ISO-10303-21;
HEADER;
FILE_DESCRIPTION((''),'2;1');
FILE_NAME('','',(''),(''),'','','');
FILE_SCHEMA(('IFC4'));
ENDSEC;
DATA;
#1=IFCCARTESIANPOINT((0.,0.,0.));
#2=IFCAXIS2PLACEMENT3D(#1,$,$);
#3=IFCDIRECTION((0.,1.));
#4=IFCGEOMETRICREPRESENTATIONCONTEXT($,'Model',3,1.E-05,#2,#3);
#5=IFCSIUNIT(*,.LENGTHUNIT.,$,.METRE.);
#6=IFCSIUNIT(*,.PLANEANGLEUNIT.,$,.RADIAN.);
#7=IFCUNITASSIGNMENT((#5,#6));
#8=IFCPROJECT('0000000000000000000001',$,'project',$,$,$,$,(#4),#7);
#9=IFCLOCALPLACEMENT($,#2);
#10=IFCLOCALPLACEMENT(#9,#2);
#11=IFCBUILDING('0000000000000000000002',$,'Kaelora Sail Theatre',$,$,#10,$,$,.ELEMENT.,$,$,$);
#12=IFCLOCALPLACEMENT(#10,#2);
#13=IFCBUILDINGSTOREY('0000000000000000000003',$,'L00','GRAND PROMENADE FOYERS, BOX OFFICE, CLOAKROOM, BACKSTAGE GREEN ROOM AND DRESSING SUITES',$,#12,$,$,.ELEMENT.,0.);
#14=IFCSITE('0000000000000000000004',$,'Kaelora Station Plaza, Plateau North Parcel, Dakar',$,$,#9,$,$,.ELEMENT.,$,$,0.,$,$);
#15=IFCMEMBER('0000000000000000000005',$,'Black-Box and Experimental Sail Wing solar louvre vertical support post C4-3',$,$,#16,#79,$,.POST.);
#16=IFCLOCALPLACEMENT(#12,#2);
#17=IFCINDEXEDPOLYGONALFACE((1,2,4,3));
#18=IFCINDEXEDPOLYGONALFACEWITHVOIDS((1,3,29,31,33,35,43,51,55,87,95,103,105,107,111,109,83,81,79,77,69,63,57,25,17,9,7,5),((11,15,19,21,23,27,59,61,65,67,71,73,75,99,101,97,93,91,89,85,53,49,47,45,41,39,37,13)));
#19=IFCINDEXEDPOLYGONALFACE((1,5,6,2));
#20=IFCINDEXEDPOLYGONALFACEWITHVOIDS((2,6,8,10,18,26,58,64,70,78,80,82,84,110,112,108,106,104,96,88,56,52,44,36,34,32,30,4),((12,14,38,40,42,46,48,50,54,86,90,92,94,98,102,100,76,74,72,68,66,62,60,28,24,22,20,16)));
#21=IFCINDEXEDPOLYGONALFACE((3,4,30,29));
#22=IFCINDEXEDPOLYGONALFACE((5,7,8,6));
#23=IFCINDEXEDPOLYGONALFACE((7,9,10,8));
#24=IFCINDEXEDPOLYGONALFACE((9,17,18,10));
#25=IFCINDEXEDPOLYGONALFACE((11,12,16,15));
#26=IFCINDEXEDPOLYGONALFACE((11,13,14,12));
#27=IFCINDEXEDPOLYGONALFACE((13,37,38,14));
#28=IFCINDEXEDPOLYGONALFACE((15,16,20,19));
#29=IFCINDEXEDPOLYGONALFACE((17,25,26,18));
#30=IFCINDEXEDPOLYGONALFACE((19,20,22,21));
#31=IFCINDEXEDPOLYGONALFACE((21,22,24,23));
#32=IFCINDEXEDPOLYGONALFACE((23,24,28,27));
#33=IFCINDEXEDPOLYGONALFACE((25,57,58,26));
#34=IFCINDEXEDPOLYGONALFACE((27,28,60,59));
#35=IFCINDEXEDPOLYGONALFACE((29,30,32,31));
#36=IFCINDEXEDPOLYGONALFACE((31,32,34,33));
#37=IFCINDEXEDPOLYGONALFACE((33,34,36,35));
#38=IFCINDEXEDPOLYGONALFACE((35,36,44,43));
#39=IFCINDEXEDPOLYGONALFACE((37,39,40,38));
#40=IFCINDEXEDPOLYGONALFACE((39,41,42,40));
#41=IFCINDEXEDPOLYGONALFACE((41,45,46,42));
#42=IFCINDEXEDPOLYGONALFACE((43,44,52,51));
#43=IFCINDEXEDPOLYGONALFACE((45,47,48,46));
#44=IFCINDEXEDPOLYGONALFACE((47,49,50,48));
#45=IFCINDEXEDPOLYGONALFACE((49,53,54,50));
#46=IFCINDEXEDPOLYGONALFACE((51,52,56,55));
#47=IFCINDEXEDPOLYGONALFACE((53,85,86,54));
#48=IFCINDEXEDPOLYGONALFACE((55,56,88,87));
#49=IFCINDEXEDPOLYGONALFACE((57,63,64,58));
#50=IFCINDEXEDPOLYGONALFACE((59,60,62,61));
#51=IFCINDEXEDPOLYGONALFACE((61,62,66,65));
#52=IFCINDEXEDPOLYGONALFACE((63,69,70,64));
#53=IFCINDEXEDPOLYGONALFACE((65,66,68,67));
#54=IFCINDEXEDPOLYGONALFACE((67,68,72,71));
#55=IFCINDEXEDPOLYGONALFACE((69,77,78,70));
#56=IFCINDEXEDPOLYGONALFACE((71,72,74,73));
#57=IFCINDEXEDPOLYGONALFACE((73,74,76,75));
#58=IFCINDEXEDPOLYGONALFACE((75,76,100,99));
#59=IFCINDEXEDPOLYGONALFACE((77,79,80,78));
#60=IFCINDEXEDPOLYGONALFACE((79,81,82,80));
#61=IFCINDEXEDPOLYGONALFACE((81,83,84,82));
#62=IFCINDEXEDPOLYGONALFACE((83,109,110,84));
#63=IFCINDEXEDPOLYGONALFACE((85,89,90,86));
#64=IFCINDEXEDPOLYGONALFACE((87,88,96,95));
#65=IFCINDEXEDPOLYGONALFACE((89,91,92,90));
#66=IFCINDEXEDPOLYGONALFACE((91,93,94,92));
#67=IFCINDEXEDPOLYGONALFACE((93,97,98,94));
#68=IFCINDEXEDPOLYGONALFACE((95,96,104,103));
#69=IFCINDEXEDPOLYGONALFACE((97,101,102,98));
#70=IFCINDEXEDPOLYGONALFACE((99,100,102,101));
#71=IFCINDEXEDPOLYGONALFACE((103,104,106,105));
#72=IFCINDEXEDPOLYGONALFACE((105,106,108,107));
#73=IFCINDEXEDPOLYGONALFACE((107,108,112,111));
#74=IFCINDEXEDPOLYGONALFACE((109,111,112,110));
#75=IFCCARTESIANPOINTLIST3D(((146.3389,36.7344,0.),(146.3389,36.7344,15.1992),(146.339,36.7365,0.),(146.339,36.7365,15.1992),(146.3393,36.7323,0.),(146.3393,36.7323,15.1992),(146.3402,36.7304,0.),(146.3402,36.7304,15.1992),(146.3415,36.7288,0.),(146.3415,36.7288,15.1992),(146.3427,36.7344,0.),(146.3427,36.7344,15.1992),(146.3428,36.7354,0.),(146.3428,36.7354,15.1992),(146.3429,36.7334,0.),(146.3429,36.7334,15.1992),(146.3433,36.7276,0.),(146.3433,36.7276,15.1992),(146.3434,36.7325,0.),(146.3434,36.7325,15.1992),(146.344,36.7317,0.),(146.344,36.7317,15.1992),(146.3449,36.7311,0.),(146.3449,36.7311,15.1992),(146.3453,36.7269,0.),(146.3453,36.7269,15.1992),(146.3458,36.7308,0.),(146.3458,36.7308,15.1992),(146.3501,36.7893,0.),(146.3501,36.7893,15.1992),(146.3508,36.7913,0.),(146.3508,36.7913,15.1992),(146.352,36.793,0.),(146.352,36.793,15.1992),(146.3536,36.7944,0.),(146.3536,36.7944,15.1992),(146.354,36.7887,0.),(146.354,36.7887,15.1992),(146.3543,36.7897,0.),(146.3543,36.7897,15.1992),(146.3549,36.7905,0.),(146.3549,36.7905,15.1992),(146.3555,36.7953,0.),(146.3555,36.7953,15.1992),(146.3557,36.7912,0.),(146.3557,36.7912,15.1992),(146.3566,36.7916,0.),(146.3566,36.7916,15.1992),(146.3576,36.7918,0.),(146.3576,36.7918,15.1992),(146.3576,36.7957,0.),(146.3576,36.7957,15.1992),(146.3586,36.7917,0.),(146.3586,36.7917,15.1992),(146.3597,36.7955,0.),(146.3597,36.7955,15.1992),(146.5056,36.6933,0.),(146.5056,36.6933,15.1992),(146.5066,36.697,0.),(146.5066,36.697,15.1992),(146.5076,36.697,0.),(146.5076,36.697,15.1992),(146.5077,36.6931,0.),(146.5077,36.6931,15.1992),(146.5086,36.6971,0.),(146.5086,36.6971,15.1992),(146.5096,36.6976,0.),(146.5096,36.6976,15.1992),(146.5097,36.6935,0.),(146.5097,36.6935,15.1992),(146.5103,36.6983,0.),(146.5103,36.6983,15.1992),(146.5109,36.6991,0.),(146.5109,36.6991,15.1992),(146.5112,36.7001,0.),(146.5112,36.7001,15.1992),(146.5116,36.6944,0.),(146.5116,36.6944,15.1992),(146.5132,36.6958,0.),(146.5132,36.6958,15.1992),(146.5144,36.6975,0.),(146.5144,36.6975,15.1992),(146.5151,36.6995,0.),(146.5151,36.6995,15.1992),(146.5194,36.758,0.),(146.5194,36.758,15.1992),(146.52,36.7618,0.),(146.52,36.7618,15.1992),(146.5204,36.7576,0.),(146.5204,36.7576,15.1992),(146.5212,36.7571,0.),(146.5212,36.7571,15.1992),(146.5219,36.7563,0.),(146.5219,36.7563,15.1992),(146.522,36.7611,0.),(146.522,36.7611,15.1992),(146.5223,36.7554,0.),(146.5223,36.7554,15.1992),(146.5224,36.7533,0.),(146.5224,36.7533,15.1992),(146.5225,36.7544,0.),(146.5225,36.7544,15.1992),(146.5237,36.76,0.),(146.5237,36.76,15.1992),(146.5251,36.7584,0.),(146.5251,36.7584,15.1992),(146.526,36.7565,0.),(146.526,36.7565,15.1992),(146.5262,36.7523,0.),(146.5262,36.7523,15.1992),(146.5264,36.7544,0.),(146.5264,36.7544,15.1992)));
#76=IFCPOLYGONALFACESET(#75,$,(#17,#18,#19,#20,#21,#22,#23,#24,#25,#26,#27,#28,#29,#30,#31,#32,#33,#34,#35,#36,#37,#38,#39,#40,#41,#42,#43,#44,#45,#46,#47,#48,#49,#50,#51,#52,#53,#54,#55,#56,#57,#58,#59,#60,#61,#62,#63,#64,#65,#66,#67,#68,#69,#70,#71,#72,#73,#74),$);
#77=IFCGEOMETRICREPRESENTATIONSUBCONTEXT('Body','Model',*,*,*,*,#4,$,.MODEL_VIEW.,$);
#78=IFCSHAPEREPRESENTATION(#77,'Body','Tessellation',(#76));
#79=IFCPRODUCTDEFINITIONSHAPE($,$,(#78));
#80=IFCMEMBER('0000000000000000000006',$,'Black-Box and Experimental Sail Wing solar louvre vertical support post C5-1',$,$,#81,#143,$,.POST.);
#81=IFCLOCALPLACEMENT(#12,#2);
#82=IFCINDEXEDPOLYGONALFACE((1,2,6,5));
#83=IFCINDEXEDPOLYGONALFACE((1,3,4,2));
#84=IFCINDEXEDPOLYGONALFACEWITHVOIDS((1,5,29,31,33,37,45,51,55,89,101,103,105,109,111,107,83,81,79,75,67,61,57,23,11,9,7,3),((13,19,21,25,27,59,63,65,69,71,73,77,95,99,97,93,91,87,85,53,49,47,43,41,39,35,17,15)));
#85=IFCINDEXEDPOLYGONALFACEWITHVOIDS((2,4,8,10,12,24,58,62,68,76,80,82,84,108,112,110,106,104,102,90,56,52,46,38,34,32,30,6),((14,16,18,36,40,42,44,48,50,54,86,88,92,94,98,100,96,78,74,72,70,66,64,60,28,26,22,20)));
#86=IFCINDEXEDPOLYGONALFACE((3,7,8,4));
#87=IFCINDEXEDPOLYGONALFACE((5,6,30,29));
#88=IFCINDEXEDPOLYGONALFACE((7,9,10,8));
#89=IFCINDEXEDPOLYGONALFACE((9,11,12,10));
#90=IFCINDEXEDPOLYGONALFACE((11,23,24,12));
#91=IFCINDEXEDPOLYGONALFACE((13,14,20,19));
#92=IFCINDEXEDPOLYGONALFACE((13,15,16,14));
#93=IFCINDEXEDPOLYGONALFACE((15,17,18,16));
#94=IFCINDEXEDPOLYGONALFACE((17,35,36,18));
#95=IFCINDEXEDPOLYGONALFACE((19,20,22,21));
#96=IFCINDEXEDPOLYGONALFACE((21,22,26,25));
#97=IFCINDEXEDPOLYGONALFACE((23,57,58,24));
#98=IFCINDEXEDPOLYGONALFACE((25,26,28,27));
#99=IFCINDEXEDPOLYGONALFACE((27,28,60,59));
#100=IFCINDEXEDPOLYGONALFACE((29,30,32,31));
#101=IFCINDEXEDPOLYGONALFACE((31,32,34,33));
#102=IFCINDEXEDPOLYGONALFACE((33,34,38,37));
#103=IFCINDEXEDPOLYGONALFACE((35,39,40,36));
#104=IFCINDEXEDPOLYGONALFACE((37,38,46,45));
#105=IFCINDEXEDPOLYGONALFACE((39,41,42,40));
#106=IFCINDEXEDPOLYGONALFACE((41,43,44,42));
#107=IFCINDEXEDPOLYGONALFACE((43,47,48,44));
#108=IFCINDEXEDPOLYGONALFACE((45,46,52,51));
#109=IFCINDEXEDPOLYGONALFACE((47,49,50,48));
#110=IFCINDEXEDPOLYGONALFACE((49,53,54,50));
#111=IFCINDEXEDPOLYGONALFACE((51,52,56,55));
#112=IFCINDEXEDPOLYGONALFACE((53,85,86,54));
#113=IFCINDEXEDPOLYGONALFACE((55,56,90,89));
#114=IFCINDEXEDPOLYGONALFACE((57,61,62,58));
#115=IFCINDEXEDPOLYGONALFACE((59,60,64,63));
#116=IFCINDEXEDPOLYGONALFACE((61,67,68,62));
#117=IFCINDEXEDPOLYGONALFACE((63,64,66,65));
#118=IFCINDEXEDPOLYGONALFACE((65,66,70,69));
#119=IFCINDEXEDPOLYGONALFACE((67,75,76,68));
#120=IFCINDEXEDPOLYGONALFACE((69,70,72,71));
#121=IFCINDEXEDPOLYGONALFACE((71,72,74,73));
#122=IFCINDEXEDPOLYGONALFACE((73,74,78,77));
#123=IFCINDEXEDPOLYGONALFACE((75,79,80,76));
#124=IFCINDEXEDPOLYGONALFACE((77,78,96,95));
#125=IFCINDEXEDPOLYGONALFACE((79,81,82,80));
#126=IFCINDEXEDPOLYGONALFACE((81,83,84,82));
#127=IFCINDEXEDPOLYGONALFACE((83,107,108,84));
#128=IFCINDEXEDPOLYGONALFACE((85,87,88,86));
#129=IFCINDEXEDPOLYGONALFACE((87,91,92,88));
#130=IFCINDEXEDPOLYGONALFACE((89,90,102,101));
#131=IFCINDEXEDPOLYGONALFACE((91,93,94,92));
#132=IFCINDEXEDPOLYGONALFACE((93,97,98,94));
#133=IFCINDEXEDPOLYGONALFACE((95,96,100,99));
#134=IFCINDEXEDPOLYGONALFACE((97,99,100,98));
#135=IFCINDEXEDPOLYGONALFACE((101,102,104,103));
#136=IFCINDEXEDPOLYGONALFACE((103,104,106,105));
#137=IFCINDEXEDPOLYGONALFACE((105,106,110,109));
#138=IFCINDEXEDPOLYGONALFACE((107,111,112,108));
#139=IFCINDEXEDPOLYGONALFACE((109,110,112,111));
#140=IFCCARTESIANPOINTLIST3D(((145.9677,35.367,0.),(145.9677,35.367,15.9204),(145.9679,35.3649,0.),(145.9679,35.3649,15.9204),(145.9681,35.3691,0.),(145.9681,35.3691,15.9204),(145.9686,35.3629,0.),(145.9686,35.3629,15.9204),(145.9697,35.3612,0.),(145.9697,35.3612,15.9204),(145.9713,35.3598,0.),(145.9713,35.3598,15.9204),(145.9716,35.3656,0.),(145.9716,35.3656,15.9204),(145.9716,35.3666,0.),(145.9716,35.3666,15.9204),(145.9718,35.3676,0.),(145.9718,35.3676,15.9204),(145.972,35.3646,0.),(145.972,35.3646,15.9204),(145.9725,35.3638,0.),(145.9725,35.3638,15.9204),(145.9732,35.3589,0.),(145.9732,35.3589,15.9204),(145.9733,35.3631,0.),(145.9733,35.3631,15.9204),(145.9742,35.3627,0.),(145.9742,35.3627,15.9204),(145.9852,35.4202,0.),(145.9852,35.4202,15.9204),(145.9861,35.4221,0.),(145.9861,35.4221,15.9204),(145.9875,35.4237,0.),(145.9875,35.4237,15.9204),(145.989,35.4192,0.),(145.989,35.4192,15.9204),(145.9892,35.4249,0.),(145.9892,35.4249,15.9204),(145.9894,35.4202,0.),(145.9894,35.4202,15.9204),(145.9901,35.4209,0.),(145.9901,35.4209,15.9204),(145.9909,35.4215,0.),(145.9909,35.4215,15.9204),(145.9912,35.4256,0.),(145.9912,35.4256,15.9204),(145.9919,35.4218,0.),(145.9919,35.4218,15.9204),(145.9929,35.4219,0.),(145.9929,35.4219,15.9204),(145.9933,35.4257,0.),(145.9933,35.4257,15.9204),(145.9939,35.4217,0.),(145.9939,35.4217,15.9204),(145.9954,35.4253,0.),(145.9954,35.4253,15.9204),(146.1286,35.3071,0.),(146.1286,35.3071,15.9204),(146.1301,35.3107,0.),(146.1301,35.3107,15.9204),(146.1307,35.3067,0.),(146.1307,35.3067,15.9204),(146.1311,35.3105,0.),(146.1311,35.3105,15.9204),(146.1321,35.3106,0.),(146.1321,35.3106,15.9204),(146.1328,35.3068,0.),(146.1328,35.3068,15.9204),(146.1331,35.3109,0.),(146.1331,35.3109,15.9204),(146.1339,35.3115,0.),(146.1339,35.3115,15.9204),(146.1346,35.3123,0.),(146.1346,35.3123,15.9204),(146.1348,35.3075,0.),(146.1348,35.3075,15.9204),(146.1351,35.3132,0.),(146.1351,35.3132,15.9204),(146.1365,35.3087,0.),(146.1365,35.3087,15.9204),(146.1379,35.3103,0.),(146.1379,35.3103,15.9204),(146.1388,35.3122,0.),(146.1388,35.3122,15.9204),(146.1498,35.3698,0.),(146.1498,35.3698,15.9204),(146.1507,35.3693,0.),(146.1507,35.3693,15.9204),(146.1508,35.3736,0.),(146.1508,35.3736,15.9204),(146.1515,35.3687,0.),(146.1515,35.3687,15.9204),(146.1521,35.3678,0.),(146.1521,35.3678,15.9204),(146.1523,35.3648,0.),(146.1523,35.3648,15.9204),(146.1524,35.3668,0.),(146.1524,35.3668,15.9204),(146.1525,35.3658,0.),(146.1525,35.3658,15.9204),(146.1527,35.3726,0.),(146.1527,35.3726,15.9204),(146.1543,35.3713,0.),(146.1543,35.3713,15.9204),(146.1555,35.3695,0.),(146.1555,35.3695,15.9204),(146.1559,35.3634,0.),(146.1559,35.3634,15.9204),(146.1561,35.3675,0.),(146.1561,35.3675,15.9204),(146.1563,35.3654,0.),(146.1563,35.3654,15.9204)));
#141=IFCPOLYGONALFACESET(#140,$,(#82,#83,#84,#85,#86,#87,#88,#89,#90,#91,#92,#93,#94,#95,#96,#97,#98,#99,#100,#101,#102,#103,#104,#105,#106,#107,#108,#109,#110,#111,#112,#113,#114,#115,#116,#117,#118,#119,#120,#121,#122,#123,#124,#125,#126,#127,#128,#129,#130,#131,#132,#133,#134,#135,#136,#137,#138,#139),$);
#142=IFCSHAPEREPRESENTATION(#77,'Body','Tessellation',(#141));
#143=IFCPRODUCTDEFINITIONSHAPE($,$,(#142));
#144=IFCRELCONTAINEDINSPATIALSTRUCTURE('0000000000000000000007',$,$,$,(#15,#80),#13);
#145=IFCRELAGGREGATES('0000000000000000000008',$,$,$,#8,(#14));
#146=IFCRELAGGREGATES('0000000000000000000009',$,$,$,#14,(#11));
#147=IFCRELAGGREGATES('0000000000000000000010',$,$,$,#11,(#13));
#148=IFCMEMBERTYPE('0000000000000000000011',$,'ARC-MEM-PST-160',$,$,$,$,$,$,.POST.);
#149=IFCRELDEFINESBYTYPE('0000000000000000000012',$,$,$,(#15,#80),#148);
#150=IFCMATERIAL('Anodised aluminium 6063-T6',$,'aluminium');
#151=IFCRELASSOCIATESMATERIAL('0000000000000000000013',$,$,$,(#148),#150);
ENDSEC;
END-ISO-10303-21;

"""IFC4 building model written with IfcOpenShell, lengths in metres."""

from ifc_helpers import new_model, si_unit, direction, frame, origin, origin_2d, place, context, subcontext, project, spatial, hollow_rectangle, extrude, material, material_profile, profile_set, type_object, element, save


model = new_model("IFC4")

# Units and contexts
model_context = context("Model", 3, precision=1e-05, world=origin(), true_north=direction((0.0, 1.0)))
body_context = subcontext(model_context, "Body", "Model", "MODEL_VIEW")
ifc_project = project(units=[si_unit("LENGTHUNIT", "METRE"), si_unit("PLANEANGLEUNIT", "RADIAN")], contexts=[model_context])

# Site, building, storey
site_placement = place(None, origin())
site = spatial("IfcSite", under=ifc_project, at=site_placement, Name="Kaelora Station Plaza, Plateau North Parcel, Dakar", CompositionType="ELEMENT", RefElevation=0.0)
building_placement = place(site_placement, origin())
building = spatial("IfcBuilding", under=site, at=building_placement, Name="Kaelora Sail Theatre", CompositionType="ELEMENT")
storey_placement = place(building_placement, origin())
storey = spatial("IfcBuildingStorey", under=building, at=storey_placement, Name="L00", Description="GRAND PROMENADE FOYERS, BOX OFFICE, CLOAKROOM, BACKSTAGE GREEN ROOM AND DRESSING SUITES", CompositionType="ELEMENT", Elevation=0.0)

# Members
ifc_material_1 = material(Name="Anodised aluminium 6063-T6", Category="aluminium")
ifc_material_profile_1 = material_profile(ifc_material_1, hollow_rectangle(XDim=0.0701, YDim=0.1799, WallThickness=0.0039, InnerFilletRadius=0.0039, OuterFilletRadius=0.0081, at=origin_2d()), Name="ALU-MULL 70x180x4")
ifc_profile_set_1 = profile_set([ifc_material_profile_1], Name="Anodised aluminium 6063-T6")
member_type_1 = type_object("IfcMemberType", Name="ARC-MEM-PST-160", PredefinedType="POST", material=ifc_profile_set_1)
member_1_placement = place(storey_placement, frame((146.4326, 36.7444, 0.0), z_axis=(0.0, 0.0, 1.0), x_axis=(-0.205521, -0.978653, 0.0)))
element("IfcMember", 1, at=member_1_placement, inside=storey, type_object=member_type_1, Name="Black-Box and Experimental Sail Wing solar louvre vertical support post C4-3", PredefinedType="POST", context=body_context, shape_type="SweptSolid", body=[
    extrude(hollow_rectangle(XDim=0.0701, YDim=0.1799, WallThickness=0.0039, InnerFilletRadius=0.0039, OuterFilletRadius=0.0081, at=origin_2d()), origin(), (0.0, 0.0, 1.0), 15.1992),
])
member_2_placement = place(storey_placement, frame((146.062, 35.3662, 0.0), z_axis=(0.0, 0.0, 1.0), x_axis=(-0.316146, -0.948711, 0.0)))
element("IfcMember", 2, at=member_2_placement, inside=storey, type_object=member_type_1, Name="Black-Box and Experimental Sail Wing solar louvre vertical support post C5-1", PredefinedType="POST", context=body_context, shape_type="SweptSolid", body=[
    extrude(hollow_rectangle(XDim=0.0701, YDim=0.1799, WallThickness=0.0039, InnerFilletRadius=0.0039, OuterFilletRadius=0.0081, at=origin_2d()), origin(), (0.0, 0.0, 1.0), 15.9204),
])

save(model, "model.ifc")
